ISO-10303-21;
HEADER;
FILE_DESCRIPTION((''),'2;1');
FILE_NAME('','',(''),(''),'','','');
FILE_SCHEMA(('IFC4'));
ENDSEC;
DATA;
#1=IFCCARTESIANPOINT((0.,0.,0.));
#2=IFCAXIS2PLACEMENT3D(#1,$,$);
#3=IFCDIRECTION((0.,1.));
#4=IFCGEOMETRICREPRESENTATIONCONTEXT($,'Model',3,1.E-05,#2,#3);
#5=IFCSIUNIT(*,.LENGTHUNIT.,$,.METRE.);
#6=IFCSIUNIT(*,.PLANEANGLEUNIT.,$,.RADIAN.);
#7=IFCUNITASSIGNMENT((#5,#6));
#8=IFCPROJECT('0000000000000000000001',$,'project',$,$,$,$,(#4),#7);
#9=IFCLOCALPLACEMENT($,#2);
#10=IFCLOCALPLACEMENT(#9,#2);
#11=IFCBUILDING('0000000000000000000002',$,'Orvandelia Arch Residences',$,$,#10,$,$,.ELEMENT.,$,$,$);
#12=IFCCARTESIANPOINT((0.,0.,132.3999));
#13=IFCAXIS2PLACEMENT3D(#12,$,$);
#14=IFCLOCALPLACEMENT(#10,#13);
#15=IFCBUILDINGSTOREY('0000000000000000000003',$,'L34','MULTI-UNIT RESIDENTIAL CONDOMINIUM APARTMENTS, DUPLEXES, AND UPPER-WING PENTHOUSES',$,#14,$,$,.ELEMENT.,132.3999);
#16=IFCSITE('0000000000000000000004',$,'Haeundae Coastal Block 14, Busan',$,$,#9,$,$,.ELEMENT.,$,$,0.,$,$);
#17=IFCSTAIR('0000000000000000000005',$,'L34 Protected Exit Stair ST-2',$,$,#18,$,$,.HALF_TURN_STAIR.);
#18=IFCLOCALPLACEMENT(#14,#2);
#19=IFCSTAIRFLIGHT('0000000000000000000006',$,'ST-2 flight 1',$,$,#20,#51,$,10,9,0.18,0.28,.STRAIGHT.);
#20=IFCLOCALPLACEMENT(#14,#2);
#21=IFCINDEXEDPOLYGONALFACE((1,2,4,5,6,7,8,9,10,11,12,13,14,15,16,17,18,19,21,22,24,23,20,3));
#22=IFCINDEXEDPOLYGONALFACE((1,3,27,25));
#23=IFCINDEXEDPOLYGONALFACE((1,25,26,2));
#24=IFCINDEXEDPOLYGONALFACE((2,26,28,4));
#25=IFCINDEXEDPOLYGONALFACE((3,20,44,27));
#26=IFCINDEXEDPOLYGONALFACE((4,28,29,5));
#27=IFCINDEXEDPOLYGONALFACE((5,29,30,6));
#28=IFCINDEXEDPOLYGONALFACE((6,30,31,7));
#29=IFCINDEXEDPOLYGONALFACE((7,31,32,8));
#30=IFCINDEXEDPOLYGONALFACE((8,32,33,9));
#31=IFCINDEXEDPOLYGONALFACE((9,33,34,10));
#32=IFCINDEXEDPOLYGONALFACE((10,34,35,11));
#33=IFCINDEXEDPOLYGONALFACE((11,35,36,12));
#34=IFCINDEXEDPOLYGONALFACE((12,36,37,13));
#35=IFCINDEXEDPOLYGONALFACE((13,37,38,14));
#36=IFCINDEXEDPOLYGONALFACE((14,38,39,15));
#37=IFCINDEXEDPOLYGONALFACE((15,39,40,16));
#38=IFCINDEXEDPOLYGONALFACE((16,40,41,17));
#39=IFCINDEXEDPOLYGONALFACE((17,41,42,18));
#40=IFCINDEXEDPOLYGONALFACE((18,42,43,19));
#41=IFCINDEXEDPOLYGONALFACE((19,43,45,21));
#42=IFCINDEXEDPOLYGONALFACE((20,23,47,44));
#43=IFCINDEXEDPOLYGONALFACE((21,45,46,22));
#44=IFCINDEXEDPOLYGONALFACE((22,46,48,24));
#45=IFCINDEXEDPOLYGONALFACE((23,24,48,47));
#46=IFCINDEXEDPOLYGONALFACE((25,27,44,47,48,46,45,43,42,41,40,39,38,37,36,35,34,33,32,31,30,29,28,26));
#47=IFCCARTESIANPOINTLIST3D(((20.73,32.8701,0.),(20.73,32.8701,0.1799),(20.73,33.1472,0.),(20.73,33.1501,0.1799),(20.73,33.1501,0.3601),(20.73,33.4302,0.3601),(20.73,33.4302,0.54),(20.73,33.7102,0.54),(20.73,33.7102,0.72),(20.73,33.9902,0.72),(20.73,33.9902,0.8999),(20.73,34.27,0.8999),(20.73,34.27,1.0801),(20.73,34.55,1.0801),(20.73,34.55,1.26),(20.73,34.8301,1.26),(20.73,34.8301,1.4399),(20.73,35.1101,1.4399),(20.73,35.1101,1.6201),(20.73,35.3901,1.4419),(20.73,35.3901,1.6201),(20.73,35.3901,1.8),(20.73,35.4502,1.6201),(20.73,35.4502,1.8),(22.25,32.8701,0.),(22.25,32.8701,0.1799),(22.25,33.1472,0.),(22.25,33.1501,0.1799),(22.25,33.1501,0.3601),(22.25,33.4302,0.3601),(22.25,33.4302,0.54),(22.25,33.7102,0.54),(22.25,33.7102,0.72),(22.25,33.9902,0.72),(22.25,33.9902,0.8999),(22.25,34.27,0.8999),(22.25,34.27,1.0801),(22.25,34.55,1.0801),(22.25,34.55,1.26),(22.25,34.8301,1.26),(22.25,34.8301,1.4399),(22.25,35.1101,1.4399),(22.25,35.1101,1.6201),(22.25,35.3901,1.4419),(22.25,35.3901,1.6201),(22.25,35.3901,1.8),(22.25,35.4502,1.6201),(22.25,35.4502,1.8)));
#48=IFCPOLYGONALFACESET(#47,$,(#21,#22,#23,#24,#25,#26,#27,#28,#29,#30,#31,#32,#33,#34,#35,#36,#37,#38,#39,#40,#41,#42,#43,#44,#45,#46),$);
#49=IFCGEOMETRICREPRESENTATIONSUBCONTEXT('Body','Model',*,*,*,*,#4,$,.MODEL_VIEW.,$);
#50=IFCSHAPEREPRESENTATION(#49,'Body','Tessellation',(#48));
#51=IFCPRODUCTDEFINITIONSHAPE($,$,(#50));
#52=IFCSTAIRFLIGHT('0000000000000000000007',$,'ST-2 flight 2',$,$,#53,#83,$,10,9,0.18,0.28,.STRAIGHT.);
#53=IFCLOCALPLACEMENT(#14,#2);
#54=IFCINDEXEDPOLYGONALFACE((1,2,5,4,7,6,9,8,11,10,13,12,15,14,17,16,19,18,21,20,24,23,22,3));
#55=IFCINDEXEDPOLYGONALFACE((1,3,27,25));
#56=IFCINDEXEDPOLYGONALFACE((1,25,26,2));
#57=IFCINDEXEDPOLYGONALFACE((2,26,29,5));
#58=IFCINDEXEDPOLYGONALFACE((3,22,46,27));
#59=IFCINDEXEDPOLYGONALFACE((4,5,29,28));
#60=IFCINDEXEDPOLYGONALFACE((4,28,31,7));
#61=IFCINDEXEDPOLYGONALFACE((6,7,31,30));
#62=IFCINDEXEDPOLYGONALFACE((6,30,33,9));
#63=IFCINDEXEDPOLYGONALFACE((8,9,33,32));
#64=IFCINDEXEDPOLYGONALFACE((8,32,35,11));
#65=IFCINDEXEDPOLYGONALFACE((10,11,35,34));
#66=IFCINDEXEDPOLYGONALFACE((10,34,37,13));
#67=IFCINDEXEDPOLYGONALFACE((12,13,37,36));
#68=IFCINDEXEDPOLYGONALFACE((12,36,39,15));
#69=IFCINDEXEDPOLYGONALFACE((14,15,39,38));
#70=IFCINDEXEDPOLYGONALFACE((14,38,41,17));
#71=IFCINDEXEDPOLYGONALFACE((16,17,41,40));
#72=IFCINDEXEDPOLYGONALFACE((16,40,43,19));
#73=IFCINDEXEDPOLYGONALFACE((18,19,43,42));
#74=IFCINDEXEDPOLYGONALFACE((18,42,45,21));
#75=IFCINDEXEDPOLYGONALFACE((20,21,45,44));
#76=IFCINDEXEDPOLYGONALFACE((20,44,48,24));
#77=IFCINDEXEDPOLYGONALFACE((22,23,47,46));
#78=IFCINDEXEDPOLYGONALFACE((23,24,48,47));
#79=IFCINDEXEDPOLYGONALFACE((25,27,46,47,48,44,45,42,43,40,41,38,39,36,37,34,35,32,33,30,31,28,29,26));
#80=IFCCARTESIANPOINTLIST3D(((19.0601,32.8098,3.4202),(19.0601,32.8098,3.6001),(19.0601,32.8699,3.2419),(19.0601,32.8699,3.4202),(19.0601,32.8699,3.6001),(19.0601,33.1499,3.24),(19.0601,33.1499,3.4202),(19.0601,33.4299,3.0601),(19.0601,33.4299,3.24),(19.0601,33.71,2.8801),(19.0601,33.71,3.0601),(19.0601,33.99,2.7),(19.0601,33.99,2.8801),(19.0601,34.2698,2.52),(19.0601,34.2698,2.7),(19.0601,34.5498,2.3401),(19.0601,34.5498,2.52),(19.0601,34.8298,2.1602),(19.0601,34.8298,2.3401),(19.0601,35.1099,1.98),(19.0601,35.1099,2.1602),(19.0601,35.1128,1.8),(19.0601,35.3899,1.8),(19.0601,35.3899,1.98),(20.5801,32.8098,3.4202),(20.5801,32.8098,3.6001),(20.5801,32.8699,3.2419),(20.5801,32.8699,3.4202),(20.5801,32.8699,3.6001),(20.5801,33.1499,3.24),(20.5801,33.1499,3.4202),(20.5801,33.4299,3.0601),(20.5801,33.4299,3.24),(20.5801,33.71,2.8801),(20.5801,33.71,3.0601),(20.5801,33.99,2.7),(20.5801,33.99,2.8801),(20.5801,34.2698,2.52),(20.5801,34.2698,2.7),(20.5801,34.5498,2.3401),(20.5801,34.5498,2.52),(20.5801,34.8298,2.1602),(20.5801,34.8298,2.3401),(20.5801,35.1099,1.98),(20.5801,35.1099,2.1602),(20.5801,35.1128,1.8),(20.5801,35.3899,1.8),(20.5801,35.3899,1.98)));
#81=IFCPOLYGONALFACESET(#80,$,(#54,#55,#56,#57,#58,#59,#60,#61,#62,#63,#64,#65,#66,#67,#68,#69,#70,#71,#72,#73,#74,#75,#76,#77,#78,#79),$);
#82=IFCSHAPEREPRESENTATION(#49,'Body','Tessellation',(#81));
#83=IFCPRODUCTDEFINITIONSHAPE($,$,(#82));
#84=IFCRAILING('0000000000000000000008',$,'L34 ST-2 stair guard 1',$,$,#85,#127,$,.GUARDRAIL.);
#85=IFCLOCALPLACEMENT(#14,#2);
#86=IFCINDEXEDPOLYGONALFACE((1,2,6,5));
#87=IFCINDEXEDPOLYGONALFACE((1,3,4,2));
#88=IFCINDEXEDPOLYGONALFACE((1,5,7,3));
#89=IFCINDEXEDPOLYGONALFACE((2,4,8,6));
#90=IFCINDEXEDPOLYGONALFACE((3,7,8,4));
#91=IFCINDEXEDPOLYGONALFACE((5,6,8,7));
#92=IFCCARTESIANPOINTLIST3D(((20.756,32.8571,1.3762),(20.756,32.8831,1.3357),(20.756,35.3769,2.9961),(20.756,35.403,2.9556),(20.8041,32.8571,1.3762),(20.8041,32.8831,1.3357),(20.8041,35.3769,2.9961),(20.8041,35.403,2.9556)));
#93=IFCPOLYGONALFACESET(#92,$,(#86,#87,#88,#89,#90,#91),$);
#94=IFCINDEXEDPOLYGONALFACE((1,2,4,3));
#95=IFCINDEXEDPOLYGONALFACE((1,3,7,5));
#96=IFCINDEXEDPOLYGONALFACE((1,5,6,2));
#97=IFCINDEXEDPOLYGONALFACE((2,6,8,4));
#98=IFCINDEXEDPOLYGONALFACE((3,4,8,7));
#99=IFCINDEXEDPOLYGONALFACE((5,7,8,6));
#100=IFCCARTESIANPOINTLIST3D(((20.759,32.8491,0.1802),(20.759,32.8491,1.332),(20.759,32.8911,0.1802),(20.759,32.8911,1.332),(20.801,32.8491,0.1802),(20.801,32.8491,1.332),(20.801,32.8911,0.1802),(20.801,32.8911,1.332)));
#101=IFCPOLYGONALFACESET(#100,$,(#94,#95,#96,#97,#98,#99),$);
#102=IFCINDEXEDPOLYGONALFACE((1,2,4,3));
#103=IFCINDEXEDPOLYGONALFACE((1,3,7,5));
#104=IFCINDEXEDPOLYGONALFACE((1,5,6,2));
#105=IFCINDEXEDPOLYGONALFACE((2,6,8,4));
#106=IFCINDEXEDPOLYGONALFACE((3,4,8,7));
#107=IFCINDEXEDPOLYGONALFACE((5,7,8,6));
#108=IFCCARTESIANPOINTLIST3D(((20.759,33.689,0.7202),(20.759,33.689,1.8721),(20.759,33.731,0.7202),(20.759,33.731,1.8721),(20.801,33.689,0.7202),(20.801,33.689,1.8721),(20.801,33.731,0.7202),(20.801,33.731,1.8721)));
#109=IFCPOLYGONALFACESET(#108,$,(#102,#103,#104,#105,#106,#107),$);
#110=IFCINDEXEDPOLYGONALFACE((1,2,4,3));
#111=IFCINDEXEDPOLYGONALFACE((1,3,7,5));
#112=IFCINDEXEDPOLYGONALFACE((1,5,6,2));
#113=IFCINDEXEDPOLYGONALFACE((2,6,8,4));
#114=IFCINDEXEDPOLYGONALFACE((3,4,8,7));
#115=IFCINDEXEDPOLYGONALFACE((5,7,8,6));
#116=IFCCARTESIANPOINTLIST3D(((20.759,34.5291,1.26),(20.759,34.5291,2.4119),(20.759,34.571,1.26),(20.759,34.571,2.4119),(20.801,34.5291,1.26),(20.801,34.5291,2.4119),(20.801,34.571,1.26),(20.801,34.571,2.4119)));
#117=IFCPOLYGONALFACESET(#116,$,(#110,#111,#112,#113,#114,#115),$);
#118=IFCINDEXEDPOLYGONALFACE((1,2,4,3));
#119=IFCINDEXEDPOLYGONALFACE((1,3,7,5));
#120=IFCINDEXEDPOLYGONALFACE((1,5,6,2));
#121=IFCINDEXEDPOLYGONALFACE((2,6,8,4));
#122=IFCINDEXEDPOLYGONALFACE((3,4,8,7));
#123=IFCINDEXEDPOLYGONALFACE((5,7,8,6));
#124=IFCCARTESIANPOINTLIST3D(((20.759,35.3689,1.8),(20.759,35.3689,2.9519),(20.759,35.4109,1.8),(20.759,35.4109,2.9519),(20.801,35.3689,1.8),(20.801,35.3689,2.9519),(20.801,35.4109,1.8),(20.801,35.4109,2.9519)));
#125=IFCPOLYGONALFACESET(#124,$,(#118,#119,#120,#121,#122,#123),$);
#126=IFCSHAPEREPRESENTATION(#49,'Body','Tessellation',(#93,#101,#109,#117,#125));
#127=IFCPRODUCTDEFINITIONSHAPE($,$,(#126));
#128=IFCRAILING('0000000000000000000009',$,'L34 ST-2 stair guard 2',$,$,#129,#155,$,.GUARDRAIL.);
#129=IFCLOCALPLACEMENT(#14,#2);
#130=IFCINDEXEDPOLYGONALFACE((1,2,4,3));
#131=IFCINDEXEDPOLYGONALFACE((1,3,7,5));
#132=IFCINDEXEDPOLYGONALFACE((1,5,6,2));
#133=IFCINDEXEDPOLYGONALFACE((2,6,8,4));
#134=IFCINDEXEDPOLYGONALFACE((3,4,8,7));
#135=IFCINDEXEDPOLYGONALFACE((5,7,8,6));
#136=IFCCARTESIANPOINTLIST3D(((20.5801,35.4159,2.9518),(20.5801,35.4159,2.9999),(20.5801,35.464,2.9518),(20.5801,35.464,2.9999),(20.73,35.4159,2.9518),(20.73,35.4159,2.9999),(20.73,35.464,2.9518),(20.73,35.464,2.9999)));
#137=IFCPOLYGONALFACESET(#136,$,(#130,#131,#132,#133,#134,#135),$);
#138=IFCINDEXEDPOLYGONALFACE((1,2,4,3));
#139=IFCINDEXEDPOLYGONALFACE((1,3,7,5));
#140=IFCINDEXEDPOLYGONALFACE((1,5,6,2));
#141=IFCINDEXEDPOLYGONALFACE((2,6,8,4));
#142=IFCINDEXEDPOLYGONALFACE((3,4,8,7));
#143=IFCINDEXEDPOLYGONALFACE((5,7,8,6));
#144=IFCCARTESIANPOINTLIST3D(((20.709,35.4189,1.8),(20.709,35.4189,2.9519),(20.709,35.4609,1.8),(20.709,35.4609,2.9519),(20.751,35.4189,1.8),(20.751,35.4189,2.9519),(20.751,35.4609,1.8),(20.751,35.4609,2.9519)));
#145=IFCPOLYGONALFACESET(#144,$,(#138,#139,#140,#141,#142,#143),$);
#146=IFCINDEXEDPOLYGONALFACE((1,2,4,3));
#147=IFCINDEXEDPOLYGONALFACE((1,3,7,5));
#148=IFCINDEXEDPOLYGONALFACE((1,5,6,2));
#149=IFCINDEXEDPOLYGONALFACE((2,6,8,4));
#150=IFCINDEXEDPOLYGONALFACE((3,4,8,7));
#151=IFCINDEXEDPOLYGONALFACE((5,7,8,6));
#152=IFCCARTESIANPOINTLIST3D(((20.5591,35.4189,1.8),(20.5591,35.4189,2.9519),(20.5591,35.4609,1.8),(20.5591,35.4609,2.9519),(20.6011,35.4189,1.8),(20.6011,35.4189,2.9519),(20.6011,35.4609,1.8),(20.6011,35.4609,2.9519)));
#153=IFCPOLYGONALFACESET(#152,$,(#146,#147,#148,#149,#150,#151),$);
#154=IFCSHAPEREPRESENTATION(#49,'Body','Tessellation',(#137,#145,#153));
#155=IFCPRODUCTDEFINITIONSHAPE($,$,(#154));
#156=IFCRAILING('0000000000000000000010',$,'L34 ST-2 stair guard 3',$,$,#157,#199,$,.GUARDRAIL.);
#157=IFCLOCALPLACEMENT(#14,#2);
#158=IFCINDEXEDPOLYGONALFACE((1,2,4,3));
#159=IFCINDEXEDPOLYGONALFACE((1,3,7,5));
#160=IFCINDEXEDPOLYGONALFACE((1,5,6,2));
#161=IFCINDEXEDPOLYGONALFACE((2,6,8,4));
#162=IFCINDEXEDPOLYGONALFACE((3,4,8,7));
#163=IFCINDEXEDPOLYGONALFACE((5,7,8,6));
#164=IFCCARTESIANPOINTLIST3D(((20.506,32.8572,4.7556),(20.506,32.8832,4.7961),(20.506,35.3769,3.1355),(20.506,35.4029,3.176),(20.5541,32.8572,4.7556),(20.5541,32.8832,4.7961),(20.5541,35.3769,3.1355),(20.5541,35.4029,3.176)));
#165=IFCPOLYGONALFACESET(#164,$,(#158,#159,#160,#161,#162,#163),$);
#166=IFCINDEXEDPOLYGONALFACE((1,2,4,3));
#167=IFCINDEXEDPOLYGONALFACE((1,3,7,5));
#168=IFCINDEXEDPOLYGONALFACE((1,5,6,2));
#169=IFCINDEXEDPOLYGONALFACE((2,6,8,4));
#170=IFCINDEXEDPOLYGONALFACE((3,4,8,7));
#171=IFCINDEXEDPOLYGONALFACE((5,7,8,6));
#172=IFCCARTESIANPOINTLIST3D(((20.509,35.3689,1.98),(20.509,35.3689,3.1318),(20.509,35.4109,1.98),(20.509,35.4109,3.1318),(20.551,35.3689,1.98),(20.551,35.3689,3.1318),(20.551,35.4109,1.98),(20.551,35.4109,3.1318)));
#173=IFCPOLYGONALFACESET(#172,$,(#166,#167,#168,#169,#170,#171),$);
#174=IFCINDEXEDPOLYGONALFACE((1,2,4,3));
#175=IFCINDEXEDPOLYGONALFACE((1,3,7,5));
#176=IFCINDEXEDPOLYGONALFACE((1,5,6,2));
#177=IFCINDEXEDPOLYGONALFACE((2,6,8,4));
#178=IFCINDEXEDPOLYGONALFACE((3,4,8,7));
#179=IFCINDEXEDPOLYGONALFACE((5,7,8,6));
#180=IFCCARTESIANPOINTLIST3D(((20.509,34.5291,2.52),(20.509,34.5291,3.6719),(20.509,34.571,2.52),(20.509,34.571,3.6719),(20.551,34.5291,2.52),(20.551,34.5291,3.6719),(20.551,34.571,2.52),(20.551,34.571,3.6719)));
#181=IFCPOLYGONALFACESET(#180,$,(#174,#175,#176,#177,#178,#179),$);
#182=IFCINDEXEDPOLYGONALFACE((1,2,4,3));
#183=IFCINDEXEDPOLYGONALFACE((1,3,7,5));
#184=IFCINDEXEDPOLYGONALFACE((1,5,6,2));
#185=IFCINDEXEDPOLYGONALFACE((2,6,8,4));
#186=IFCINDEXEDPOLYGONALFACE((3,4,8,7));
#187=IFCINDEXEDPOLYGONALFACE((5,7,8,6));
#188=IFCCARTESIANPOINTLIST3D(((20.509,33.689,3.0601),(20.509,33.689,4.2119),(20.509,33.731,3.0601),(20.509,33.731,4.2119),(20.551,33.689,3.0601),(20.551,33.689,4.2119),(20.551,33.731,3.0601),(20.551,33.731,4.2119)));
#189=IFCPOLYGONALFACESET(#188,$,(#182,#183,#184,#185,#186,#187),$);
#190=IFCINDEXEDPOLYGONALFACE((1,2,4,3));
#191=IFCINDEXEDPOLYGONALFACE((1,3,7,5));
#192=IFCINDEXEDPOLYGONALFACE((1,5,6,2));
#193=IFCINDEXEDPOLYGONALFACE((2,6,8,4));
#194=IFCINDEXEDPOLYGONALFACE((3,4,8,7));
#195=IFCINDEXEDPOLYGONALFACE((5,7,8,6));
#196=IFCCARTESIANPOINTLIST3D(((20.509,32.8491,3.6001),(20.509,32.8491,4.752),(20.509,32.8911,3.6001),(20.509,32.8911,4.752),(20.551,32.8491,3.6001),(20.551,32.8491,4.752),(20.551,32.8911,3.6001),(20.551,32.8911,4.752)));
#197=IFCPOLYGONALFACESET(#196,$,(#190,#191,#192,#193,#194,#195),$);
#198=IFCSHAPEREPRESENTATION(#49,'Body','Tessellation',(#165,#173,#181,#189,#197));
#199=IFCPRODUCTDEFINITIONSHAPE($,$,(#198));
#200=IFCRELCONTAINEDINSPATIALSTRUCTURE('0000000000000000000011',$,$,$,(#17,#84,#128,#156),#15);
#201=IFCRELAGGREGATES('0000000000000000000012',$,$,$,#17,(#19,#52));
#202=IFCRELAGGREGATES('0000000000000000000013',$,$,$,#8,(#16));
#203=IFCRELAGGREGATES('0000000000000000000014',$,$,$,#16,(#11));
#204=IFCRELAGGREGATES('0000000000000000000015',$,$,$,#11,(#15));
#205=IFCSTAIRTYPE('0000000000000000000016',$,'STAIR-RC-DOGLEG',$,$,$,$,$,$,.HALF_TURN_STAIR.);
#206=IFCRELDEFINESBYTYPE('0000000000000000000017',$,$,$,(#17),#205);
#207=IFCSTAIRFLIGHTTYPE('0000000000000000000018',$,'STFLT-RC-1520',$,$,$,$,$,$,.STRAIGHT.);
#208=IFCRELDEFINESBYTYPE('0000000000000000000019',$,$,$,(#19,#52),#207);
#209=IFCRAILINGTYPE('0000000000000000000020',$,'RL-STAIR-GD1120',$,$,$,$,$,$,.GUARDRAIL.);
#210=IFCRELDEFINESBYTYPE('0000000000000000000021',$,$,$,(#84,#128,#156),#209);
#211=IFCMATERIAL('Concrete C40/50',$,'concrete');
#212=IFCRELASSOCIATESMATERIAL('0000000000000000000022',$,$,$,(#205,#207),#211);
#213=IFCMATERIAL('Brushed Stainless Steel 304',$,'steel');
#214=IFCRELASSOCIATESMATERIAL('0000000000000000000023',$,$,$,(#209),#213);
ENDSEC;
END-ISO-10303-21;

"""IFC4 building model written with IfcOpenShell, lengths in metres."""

from ifc_helpers import new_model, si_unit, direction, frame, origin, origin_2d, place, context, subcontext, project, spatial, polyline, rectangle, outline, extrude, material, type_object, element, aggregate, save


model = new_model("IFC4")

# Units and contexts
model_context = context("Model", 3, precision=1e-05, world=origin(), true_north=direction((0.0, 1.0)))
body_context = subcontext(model_context, "Body", "Model", "MODEL_VIEW")
ifc_project = project(units=[si_unit("LENGTHUNIT", "METRE"), si_unit("PLANEANGLEUNIT", "RADIAN")], contexts=[model_context])

# Site, building, storey
site_placement = place(None, origin())
site = spatial("IfcSite", under=ifc_project, at=site_placement, Name="Haeundae Coastal Block 14, Busan", CompositionType="ELEMENT", RefElevation=0.0)
building_placement = place(site_placement, origin())
building = spatial("IfcBuilding", under=site, at=building_placement, Name="Orvandelia Arch Residences", CompositionType="ELEMENT")
storey_placement = place(building_placement, frame((0.0, 0.0, 132.3999)))
storey = spatial("IfcBuildingStorey", under=building, at=storey_placement, Name="L34", Description="MULTI-UNIT RESIDENTIAL CONDOMINIUM APARTMENTS, DUPLEXES, AND UPPER-WING PENTHOUSES", CompositionType="ELEMENT", Elevation=132.3999)

# Stair, stair flights
ifc_material_1 = material(Name="Concrete C40/50", Category="concrete")
stair_type = type_object("IfcStairType", Name="STAIR-RC-DOGLEG", PredefinedType="HALF_TURN_STAIR", material=ifc_material_1)
stair_placement = place(storey_placement, origin())
stair = element("IfcStair", 1, at=stair_placement, inside=storey, type_object=stair_type, Name="L34 Protected Exit Stair ST-2", PredefinedType="HALF_TURN_STAIR")
stair_flight_type = type_object("IfcStairFlightType", Name="STFLT-RC-1520", PredefinedType="STRAIGHT", material=ifc_material_1)
stair_flight_1_placement = place(storey_placement, frame((21.49, 32.8701, 0.0), z_axis=(0.0, 0.0, 1.0), x_axis=(0.0, 1.0, 0.0)))
stair_flight_1 = element("IfcStairFlight", 2, at=stair_flight_1_placement, type_object=stair_flight_type, Name="ST-2 flight 1", NumberOfRisers=10, NumberOfTreads=9, PredefinedType="STRAIGHT", RiserHeight=0.18, TreadLength=0.28, context=body_context, shape_type="SweptSolid", body=[
    extrude(outline(polyline([(0.0, 0.0), (0.0, 0.1799), (0.28, 0.1799), (0.28, 0.3601), (0.5601, 0.3601), (0.5601, 0.54), (0.8401, 0.54), (0.8401, 0.72), (1.1201, 0.72), (1.1201, 0.8999), (1.3999, 0.8999), (1.3999, 1.0801), (1.6799, 1.0801), (1.6799, 1.26), (1.96, 1.26), (1.96, 1.4399), (2.24, 1.4399), (2.24, 1.6201), (2.52, 1.6201), (2.52, 1.8), (2.5801, 1.8), (2.5801, 1.6201), (2.52, 1.4419), (0.2771, 0.0), (0.0, 0.0)])), frame((0.0, 0.76, 0.0), z_axis=(0.0, -1.0, 0.0), x_axis=(1.0, 0.0, 0.0)), (0.0, 0.0, 1.0), 1.52),
])
stair_flight_2_placement = place(storey_placement, frame((19.8201, 35.3899, 1.8), z_axis=(0.0, 0.0, 1.0), x_axis=(0.0, -1.0, 0.0)))
stair_flight_2 = element("IfcStairFlight", 3, at=stair_flight_2_placement, type_object=stair_flight_type, Name="ST-2 flight 2", NumberOfRisers=10, NumberOfTreads=9, PredefinedType="STRAIGHT", RiserHeight=0.18, TreadLength=0.28, context=body_context, shape_type="SweptSolid", body=[
    extrude(outline(polyline([(0.0, 0.0), (0.0, 0.1799), (0.28, 0.1799), (0.28, 0.3601), (0.5601, 0.3601), (0.5601, 0.54), (0.8401, 0.54), (0.8401, 0.72), (1.1201, 0.72), (1.1201, 0.8999), (1.3999, 0.8999), (1.3999, 1.0801), (1.6799, 1.0801), (1.6799, 1.26), (1.96, 1.26), (1.96, 1.4399), (2.24, 1.4399), (2.24, 1.6201), (2.52, 1.6201), (2.52, 1.8), (2.5801, 1.8), (2.5801, 1.6201), (2.52, 1.4419), (0.2771, 0.0), (0.0, 0.0)])), frame((0.0, 0.76, 0.0), z_axis=(0.0, -1.0, 0.0), x_axis=(1.0, 0.0, 0.0)), (0.0, 0.0, 1.0), 1.52),
])
aggregate(stair, [stair_flight_1, stair_flight_2])

# Railings
ifc_material_2 = material(Name="Brushed Stainless Steel 304", Category="steel")
railing_type_1 = type_object("IfcRailingType", Name="RL-STAIR-GD1120", PredefinedType="GUARDRAIL", material=ifc_material_2)
railing_1_placement = place(storey_placement, frame((20.78, 32.8701, 0.1802)))
element("IfcRailing", 4, at=railing_1_placement, inside=storey, type_object=railing_type_1, Name="L34 ST-2 stair guard 1", PredefinedType="GUARDRAIL", context=body_context, shape_type="SweptSolid", body=[
    extrude(rectangle(XDim=0.0481, YDim=0.0481, at=origin_2d()), frame((0.0, 0.0, 1.1758), z_axis=(0.0, 0.841176, 0.540762), x_axis=(-1.0, 0.0, 0.0)), (0.0, 0.0, 1.0), 2.9956),
    extrude(rectangle(XDim=0.042, YDim=0.042, at=origin_2d()), origin(), (0.0, 0.0, 1.0), 1.1519),
    extrude(rectangle(XDim=0.042, YDim=0.042, at=origin_2d()), frame((0.0, 0.8398, 0.54)), (0.0, 0.0, 1.0), 1.1519),
    extrude(rectangle(XDim=0.042, YDim=0.042, at=origin_2d()), frame((0.0, 1.6799, 1.0798)), (0.0, 0.0, 1.0), 1.1519),
    extrude(rectangle(XDim=0.042, YDim=0.042, at=origin_2d()), frame((0.0, 2.5198, 1.6199)), (0.0, 0.0, 1.0), 1.1519),
])
railing_2_placement = place(storey_placement, frame((20.73, 35.4399, 1.8)))
element("IfcRailing", 5, at=railing_2_placement, inside=storey, type_object=railing_type_1, Name="L34 ST-2 stair guard 2", PredefinedType="GUARDRAIL", context=body_context, shape_type="SweptSolid", body=[
    extrude(rectangle(XDim=0.0481, YDim=0.0481, at=origin_2d()), frame((0.0, 0.0, 1.1758), z_axis=(-1.0, 0.0, 0.0), x_axis=(0.0, -1.0, 0.0)), (0.0, 0.0, 1.0), 0.1499),
    extrude(rectangle(XDim=0.042, YDim=0.042, at=origin_2d()), origin(), (0.0, 0.0, 1.0), 1.1519),
    extrude(rectangle(XDim=0.042, YDim=0.042, at=origin_2d()), frame((-0.1499, 0.0, 0.0)), (0.0, 0.0, 1.0), 1.1519),
])
railing_3_placement = place(storey_placement, frame((20.53, 35.3899, 1.98)))
element("IfcRailing", 6, at=railing_3_placement, inside=storey, type_object=railing_type_1, Name="L34 ST-2 stair guard 3", PredefinedType="GUARDRAIL", context=body_context, shape_type="SweptSolid", body=[
    extrude(rectangle(XDim=0.0481, YDim=0.0481, at=origin_2d()), frame((0.0, 0.0, 1.1758), z_axis=(0.0, -0.841139, 0.540819), x_axis=(1.0, 0.0, 0.0)), (0.0, 0.0, 1.0), 2.9956),
    extrude(rectangle(XDim=0.042, YDim=0.042, at=origin_2d()), origin(), (0.0, 0.0, 1.0), 1.1519),
    extrude(rectangle(XDim=0.042, YDim=0.042, at=origin_2d()), frame((0.0, -0.8398, 0.54)), (0.0, 0.0, 1.0), 1.1519),
    extrude(rectangle(XDim=0.042, YDim=0.042, at=origin_2d()), frame((0.0, -1.6799, 1.0801)), (0.0, 0.0, 1.0), 1.1519),
    extrude(rectangle(XDim=0.042, YDim=0.042, at=origin_2d()), frame((0.0, -2.5198, 1.6201)), (0.0, 0.0, 1.0), 1.1519),
])

save(model, "model.ifc")
